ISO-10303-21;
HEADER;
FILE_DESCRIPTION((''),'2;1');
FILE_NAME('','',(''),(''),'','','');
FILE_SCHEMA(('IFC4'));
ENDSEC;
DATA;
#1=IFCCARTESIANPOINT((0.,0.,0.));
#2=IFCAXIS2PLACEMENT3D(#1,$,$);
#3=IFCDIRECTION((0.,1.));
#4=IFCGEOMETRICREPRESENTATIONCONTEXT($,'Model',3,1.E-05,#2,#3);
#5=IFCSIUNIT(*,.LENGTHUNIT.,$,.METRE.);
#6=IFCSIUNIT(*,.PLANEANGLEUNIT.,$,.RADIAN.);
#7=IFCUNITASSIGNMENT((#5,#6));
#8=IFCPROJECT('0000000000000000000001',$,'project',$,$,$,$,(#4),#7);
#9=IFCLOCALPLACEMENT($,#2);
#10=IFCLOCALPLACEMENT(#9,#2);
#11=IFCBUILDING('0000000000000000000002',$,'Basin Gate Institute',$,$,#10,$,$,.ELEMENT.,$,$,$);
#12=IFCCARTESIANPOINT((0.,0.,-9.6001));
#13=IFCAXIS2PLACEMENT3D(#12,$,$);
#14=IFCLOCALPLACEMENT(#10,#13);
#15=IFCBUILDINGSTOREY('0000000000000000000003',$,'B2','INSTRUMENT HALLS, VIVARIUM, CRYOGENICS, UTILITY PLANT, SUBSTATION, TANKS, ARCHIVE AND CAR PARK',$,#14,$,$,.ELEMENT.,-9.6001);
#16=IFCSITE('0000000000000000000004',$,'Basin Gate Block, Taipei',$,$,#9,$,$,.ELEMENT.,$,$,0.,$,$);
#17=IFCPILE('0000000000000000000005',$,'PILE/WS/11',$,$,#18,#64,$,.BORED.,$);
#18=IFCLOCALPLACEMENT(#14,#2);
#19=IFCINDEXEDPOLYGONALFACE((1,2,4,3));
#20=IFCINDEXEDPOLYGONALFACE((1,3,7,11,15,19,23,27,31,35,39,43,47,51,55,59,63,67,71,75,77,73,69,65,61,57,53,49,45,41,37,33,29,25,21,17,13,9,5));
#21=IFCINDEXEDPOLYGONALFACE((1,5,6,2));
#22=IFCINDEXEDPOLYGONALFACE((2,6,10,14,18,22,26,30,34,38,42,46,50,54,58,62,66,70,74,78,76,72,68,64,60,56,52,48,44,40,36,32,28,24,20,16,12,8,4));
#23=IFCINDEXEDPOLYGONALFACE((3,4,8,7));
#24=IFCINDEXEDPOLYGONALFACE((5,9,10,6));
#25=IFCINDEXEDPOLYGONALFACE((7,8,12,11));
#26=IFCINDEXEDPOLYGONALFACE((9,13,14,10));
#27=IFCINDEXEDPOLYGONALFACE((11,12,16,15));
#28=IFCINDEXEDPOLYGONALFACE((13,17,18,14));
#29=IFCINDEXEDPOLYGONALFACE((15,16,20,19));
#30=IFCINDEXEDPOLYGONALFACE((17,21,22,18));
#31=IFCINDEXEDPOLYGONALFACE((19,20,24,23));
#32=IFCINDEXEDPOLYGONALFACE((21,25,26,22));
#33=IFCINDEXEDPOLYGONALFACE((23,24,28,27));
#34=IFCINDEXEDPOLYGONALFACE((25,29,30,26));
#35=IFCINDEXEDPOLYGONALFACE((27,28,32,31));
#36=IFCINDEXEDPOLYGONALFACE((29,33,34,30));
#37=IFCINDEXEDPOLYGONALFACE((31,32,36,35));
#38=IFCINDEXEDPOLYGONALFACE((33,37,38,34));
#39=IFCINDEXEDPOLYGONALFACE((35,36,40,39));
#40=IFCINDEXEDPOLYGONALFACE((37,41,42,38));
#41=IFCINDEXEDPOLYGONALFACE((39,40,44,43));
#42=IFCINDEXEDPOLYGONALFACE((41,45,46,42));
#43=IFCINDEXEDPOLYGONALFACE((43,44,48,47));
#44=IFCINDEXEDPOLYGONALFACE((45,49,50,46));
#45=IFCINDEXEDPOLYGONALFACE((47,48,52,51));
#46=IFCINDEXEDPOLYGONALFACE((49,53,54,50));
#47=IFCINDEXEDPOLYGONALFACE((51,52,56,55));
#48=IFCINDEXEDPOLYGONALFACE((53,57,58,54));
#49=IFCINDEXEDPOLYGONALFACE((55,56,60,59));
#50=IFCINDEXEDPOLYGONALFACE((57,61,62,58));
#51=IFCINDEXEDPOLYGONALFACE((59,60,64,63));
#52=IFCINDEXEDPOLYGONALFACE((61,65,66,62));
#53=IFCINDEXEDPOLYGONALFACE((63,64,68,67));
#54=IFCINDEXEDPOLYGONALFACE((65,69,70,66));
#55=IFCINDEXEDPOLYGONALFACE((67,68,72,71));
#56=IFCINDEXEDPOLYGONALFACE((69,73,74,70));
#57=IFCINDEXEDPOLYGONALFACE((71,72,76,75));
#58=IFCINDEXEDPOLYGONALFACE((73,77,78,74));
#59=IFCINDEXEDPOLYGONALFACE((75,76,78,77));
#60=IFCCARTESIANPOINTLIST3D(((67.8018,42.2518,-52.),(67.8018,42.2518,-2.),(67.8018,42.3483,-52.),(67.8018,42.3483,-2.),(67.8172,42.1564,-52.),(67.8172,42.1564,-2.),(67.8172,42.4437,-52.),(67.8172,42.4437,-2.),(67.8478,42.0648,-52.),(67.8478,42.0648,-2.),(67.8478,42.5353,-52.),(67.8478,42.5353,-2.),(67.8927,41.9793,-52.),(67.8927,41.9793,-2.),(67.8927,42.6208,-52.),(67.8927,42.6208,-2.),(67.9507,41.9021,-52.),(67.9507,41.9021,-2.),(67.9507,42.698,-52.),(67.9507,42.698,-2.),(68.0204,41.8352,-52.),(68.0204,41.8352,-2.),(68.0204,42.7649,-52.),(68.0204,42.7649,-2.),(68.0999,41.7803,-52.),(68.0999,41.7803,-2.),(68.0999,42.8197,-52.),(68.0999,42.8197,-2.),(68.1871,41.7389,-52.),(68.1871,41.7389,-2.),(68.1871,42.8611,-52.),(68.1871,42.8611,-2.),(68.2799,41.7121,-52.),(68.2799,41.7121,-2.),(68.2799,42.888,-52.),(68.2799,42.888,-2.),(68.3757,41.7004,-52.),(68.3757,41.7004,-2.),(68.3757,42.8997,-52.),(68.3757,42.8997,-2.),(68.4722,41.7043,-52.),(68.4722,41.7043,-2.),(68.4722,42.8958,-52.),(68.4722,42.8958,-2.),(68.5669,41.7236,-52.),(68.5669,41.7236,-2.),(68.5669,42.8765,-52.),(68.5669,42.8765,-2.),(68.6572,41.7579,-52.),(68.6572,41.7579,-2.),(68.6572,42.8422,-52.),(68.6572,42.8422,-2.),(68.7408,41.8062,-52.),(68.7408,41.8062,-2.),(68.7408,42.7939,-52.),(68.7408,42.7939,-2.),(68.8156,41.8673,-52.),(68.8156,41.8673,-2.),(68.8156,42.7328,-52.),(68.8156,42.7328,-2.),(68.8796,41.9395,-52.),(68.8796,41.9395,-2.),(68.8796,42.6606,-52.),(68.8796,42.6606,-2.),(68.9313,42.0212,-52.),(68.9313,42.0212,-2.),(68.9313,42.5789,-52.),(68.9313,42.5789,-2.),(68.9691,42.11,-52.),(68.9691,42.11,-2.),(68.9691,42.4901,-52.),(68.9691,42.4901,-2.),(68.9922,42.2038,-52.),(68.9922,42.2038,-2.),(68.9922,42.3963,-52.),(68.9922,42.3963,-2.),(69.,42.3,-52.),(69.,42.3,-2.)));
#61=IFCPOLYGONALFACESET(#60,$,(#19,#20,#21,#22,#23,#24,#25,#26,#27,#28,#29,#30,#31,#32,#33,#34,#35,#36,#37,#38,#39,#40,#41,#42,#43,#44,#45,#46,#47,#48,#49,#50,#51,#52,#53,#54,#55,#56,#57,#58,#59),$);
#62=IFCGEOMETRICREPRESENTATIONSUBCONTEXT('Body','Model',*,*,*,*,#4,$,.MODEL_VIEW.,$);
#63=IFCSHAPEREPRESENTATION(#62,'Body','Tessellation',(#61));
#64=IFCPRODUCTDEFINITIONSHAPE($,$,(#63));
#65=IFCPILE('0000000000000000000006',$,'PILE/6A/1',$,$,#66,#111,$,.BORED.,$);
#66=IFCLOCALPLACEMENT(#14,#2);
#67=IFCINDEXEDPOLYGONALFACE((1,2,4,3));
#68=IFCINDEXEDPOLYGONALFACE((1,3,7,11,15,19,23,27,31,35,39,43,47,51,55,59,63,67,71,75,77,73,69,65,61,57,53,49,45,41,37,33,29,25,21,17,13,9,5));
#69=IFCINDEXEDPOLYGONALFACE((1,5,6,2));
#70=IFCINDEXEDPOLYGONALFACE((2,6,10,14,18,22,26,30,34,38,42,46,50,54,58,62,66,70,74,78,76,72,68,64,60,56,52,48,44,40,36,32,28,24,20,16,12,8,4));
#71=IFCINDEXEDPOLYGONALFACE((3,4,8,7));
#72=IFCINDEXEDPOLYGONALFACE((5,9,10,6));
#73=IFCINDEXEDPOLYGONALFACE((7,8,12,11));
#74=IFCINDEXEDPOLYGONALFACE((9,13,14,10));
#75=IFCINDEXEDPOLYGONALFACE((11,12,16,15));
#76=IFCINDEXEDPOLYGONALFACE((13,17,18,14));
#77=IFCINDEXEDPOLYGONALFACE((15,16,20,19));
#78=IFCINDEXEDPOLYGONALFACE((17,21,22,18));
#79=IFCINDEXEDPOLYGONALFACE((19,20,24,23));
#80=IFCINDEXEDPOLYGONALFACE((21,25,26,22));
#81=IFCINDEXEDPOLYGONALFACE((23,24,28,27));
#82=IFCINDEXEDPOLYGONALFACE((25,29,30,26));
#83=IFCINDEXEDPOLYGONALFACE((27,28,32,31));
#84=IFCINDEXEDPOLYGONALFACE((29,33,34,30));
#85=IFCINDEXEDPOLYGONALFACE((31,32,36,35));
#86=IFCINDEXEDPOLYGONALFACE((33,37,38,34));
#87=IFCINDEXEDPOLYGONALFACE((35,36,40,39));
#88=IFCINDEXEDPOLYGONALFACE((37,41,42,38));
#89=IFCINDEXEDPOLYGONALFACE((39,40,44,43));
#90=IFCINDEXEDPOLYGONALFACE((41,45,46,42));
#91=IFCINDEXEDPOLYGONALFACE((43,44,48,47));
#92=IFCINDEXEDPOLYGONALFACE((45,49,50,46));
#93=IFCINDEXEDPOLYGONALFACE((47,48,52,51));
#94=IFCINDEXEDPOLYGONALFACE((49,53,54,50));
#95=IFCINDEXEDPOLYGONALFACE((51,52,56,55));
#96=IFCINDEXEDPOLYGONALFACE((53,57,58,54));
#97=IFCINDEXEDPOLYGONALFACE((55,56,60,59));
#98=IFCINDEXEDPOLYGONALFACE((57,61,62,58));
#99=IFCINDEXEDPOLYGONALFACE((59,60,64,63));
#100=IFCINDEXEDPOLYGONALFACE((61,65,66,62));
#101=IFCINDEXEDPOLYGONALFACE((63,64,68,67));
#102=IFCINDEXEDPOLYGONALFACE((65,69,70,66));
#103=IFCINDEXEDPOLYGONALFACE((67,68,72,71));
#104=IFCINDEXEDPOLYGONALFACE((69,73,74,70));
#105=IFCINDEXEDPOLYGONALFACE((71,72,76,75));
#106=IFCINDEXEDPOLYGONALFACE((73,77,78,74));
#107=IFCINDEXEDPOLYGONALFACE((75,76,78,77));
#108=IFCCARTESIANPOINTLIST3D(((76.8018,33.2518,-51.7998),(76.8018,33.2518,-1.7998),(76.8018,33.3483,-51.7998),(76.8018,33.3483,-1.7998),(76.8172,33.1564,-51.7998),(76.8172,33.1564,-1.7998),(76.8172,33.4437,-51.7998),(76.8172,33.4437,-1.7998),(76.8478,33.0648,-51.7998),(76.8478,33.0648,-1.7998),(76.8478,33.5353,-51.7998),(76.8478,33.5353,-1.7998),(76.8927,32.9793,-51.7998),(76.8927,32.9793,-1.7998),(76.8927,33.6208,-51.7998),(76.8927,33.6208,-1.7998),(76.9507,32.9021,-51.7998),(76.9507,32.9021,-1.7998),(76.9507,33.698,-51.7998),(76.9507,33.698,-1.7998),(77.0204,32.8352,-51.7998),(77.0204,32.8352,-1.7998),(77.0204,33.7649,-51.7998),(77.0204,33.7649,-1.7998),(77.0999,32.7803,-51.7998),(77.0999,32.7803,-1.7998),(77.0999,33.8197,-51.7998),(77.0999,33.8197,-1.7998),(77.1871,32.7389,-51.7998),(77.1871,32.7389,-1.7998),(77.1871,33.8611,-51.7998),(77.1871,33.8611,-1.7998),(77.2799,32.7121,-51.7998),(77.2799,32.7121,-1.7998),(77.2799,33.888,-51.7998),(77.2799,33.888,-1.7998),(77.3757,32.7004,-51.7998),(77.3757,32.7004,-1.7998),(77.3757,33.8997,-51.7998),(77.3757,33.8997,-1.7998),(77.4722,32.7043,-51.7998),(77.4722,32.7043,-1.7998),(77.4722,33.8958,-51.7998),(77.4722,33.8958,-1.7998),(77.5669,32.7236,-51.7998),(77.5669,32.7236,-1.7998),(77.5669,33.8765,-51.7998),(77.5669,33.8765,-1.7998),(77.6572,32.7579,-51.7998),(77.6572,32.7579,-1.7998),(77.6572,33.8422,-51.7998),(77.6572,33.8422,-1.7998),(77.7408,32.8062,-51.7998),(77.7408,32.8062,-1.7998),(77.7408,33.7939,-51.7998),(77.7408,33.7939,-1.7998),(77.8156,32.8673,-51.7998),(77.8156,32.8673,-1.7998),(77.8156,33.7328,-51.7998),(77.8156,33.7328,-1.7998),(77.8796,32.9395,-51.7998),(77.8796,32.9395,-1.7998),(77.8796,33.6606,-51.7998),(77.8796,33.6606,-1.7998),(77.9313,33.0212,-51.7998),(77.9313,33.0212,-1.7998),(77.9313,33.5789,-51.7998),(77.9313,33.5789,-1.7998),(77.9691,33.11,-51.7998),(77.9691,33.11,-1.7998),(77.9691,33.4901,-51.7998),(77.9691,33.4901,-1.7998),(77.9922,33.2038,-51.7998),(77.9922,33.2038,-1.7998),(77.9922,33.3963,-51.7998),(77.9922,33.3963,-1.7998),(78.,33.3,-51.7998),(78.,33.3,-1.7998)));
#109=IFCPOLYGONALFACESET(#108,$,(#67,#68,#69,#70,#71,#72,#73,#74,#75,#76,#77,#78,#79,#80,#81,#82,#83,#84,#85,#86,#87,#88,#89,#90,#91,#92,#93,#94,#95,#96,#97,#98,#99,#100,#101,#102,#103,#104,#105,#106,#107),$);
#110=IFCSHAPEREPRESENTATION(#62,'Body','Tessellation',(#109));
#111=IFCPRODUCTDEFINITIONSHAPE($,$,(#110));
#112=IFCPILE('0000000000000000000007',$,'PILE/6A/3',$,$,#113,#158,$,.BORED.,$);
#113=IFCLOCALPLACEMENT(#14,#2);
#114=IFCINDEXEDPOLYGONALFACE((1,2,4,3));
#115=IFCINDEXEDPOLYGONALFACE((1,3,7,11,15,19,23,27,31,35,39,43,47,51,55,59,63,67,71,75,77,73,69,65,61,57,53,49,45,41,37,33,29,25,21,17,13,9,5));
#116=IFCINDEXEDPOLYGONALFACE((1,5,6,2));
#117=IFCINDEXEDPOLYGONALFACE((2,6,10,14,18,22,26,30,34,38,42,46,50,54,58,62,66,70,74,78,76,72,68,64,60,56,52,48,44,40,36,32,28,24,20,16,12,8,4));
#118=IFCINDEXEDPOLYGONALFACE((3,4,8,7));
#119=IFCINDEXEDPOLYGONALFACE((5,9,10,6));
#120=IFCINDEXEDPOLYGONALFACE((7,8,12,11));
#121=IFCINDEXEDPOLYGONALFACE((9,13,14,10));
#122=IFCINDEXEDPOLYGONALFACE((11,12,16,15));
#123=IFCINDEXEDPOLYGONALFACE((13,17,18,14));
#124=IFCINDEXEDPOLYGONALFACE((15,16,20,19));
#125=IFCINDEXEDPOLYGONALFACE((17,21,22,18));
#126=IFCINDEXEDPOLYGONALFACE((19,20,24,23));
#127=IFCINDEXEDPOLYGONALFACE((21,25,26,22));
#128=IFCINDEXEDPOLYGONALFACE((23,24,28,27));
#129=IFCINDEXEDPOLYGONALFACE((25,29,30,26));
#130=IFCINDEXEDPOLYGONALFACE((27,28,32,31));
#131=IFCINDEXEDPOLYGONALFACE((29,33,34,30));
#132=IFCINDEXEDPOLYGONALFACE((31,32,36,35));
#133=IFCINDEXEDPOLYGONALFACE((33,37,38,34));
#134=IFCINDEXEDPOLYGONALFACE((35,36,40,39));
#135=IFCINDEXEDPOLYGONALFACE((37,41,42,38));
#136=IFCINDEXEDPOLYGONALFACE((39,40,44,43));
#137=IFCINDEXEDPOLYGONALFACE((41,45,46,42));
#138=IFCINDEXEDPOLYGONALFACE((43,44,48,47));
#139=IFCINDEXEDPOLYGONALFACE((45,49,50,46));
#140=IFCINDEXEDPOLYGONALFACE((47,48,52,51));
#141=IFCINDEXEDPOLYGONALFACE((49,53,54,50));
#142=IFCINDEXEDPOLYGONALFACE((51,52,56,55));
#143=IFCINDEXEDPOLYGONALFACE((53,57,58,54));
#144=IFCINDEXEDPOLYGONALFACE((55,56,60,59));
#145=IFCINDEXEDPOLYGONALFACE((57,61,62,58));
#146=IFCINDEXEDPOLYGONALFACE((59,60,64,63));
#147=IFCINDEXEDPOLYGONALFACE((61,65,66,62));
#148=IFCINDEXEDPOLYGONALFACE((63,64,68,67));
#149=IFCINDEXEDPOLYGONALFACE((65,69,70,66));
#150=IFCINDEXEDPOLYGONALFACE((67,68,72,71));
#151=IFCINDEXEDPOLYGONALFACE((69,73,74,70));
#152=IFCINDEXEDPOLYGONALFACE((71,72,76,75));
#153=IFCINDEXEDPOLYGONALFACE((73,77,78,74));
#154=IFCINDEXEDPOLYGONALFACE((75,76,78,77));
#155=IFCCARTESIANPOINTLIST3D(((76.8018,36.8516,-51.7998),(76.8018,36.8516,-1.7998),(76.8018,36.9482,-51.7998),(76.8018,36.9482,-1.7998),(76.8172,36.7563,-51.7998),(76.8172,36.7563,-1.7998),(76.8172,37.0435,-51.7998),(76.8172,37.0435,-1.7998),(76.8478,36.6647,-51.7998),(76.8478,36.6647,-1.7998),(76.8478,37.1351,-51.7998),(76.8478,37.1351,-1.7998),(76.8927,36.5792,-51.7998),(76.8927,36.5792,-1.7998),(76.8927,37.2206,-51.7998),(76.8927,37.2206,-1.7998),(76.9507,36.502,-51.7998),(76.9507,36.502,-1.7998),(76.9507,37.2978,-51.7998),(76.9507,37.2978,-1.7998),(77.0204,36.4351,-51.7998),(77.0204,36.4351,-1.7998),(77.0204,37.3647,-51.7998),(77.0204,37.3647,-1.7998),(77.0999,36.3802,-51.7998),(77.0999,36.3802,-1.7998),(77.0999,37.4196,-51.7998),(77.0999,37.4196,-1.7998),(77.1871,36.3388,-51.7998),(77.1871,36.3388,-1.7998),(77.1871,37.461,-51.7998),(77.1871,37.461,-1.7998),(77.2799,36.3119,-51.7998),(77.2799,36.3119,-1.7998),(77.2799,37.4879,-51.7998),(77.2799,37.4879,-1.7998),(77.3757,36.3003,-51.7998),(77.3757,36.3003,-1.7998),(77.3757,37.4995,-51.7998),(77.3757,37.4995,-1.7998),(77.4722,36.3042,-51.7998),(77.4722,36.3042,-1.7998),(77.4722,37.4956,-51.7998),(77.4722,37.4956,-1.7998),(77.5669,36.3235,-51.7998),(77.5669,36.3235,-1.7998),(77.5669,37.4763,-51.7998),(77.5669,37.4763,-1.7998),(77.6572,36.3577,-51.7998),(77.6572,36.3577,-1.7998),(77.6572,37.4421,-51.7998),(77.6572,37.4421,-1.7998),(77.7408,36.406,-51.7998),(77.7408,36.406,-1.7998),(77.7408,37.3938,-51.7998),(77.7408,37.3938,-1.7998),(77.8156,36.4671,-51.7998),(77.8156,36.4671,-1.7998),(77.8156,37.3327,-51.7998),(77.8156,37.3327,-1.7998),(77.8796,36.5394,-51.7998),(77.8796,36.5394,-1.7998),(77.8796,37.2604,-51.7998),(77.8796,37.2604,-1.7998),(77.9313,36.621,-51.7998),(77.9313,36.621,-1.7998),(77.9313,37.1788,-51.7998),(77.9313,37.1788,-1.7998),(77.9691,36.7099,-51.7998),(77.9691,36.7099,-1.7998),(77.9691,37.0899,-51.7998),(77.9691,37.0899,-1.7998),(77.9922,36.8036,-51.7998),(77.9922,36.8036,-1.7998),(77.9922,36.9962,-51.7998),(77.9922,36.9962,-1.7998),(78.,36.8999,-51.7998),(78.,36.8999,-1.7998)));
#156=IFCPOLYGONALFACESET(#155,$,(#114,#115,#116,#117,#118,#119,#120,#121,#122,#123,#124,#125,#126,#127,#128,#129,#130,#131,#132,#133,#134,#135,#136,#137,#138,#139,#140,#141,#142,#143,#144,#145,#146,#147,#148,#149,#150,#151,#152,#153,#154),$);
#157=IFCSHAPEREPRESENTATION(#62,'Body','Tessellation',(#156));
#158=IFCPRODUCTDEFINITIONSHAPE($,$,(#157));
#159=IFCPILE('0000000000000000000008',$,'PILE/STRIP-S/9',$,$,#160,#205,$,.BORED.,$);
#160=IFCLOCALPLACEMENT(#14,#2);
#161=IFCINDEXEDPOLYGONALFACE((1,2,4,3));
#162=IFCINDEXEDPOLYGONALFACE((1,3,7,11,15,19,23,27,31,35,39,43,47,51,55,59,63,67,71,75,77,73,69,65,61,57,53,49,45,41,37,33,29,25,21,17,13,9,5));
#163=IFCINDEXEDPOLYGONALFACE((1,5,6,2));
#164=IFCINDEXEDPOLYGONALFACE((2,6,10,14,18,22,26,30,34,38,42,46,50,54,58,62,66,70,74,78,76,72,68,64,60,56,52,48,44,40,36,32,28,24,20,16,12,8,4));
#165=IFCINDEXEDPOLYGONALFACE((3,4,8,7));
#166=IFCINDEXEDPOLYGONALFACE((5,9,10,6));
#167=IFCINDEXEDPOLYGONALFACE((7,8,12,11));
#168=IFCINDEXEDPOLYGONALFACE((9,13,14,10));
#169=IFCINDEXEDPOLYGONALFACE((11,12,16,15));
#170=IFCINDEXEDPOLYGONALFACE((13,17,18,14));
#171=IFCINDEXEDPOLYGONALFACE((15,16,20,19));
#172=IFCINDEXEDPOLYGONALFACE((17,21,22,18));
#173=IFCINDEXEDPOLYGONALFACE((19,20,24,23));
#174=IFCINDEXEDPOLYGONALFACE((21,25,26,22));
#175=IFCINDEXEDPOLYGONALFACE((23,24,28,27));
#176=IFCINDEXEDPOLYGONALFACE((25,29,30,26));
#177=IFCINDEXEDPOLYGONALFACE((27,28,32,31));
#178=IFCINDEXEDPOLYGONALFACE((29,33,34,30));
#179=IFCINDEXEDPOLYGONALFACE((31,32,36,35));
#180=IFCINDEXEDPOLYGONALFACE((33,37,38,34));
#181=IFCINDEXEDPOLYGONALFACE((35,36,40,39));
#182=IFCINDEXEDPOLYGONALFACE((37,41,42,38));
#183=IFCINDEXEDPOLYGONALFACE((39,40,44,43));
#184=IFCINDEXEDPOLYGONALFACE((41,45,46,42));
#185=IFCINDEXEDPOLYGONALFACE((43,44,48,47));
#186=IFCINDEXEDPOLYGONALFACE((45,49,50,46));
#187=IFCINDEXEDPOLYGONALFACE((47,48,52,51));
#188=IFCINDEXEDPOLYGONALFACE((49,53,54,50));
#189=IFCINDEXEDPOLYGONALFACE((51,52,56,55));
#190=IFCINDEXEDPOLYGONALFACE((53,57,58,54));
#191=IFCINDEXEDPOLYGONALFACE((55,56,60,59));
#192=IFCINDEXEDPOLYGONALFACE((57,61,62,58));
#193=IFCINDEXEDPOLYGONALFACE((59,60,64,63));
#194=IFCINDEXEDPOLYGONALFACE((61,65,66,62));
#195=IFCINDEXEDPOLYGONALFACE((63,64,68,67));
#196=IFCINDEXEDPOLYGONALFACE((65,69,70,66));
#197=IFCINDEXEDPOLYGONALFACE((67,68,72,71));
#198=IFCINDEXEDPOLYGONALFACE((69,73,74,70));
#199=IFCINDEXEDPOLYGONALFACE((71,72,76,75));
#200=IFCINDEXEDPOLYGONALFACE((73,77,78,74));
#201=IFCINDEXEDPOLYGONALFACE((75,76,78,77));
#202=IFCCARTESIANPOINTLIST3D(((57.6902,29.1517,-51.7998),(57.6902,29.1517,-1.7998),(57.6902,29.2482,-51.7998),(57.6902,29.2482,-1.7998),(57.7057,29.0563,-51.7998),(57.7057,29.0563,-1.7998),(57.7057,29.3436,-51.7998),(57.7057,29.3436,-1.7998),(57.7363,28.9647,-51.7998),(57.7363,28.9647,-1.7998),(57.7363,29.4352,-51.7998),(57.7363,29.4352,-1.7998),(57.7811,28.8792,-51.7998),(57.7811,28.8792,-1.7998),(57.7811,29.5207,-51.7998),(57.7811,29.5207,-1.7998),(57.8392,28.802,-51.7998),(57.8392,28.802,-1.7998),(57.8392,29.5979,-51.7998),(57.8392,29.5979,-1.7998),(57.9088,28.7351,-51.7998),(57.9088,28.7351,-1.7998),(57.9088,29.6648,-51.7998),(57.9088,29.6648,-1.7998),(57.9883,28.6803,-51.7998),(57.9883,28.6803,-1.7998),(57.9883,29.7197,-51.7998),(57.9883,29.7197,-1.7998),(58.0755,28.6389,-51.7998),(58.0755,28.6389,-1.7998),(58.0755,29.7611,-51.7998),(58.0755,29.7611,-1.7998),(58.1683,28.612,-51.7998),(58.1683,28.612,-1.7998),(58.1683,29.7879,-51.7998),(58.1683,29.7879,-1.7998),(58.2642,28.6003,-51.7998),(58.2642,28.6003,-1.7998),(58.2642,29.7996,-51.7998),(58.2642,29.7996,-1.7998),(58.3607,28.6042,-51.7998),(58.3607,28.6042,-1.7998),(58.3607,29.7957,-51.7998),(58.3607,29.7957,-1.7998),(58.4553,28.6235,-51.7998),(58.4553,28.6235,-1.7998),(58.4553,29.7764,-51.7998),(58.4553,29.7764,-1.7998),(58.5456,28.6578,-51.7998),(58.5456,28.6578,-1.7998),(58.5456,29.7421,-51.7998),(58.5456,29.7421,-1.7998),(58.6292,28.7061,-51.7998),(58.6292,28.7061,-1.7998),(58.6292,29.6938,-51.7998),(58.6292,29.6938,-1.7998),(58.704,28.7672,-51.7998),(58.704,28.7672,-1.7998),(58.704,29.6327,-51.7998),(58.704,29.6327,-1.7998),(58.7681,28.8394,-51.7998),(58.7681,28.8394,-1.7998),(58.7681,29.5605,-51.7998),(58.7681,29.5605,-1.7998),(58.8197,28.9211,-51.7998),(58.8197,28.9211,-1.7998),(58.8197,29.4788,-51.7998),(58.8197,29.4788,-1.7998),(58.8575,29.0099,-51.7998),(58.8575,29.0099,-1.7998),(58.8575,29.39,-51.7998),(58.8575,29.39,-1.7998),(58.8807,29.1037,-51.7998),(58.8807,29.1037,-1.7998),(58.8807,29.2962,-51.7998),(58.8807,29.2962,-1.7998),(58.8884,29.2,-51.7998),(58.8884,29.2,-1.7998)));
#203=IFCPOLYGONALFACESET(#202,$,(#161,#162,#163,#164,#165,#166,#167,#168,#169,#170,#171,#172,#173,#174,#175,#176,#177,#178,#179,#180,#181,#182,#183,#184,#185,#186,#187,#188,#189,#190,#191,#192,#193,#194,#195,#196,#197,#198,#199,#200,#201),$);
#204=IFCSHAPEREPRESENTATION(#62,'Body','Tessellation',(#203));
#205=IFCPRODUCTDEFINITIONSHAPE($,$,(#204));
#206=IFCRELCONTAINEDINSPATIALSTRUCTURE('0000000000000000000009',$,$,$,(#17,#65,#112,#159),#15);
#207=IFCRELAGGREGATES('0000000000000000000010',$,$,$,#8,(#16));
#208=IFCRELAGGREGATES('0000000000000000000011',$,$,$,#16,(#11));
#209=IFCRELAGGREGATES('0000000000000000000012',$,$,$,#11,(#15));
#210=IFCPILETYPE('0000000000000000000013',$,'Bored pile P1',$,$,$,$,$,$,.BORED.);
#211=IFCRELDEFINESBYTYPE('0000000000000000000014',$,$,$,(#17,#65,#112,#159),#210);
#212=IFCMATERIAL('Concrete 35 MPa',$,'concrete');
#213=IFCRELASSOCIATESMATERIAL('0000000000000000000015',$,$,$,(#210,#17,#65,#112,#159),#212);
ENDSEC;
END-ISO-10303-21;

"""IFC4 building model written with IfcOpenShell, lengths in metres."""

from ifc_helpers import new_model, si_unit, direction, frame, origin, origin_2d, place, context, subcontext, project, spatial, circle, extrude, material, material_profile, profile_set, type_object, element, save


model = new_model("IFC4")

# Units and contexts
model_context = context("Model", 3, precision=1e-05, world=origin(), true_north=direction((0.0, 1.0)))
body_context = subcontext(model_context, "Body", "Model", "MODEL_VIEW")
ifc_project = project(units=[si_unit("LENGTHUNIT", "METRE"), si_unit("PLANEANGLEUNIT", "RADIAN")], contexts=[model_context])

# Site, building, storey
site_placement = place(None, origin())
site = spatial("IfcSite", under=ifc_project, at=site_placement, Name="Basin Gate Block, Taipei", CompositionType="ELEMENT", RefElevation=0.0)
building_placement = place(site_placement, origin())
building = spatial("IfcBuilding", under=site, at=building_placement, Name="Basin Gate Institute", CompositionType="ELEMENT")
storey_placement = place(building_placement, frame((0.0, 0.0, -9.6001)))
storey = spatial("IfcBuildingStorey", under=building, at=storey_placement, Name="B2", Description="INSTRUMENT HALLS, VIVARIUM, CRYOGENICS, UTILITY PLANT, SUBSTATION, TANKS, ARCHIVE AND CAR PARK", CompositionType="ELEMENT", Elevation=-9.6001)

# Piles
ifc_material_1 = material(Name="Concrete 35 MPa", Category="concrete")
ifc_material_profile_1 = material_profile(ifc_material_1, circle(Radius=0.6001, at=origin_2d()), Name="Bored pile P1 1200 dia")
ifc_profile_set_1 = profile_set([ifc_material_profile_1], Name="Concrete 35 MPa")
pile_type = type_object("IfcPileType", Name="Bored pile P1", PredefinedType="BORED", material=ifc_profile_set_1)
for number, where, z_axis, x_axis, name in (
    (1, (68.3999, 42.3, -2.0), (0.0, 0.0, -1.0), (1.0, 0.0, 0.0), "PILE/WS/11"),
    (2, (77.3999, 33.3, -1.7998), (0.0, 0.0, -1.0), (1.0, 0.0, 0.0), "PILE/6A/1"),
    (3, (77.3999, 36.8999, -1.7998), (0.0, 0.0, -1.0), (1.0, 0.0, 0.0), "PILE/6A/3"),
    (4, (58.2883, 29.2, -1.7998), (0.0, 0.0, -1.0), (1.0, 0.0, 0.0), "PILE/STRIP-S/9"),
):
    element("IfcPile", number, at=place(storey_placement, frame(where, z_axis=z_axis, x_axis=x_axis)), inside=storey, type_object=pile_type, material=ifc_profile_set_1, Name=name, PredefinedType="BORED", context=body_context, shape_type="SweptSolid", body=[
        extrude(circle(Radius=0.6001, at=origin_2d()), origin(), (0.0, 0.0, 1.0), 50.0),
    ])

save(model, "model.ifc")
